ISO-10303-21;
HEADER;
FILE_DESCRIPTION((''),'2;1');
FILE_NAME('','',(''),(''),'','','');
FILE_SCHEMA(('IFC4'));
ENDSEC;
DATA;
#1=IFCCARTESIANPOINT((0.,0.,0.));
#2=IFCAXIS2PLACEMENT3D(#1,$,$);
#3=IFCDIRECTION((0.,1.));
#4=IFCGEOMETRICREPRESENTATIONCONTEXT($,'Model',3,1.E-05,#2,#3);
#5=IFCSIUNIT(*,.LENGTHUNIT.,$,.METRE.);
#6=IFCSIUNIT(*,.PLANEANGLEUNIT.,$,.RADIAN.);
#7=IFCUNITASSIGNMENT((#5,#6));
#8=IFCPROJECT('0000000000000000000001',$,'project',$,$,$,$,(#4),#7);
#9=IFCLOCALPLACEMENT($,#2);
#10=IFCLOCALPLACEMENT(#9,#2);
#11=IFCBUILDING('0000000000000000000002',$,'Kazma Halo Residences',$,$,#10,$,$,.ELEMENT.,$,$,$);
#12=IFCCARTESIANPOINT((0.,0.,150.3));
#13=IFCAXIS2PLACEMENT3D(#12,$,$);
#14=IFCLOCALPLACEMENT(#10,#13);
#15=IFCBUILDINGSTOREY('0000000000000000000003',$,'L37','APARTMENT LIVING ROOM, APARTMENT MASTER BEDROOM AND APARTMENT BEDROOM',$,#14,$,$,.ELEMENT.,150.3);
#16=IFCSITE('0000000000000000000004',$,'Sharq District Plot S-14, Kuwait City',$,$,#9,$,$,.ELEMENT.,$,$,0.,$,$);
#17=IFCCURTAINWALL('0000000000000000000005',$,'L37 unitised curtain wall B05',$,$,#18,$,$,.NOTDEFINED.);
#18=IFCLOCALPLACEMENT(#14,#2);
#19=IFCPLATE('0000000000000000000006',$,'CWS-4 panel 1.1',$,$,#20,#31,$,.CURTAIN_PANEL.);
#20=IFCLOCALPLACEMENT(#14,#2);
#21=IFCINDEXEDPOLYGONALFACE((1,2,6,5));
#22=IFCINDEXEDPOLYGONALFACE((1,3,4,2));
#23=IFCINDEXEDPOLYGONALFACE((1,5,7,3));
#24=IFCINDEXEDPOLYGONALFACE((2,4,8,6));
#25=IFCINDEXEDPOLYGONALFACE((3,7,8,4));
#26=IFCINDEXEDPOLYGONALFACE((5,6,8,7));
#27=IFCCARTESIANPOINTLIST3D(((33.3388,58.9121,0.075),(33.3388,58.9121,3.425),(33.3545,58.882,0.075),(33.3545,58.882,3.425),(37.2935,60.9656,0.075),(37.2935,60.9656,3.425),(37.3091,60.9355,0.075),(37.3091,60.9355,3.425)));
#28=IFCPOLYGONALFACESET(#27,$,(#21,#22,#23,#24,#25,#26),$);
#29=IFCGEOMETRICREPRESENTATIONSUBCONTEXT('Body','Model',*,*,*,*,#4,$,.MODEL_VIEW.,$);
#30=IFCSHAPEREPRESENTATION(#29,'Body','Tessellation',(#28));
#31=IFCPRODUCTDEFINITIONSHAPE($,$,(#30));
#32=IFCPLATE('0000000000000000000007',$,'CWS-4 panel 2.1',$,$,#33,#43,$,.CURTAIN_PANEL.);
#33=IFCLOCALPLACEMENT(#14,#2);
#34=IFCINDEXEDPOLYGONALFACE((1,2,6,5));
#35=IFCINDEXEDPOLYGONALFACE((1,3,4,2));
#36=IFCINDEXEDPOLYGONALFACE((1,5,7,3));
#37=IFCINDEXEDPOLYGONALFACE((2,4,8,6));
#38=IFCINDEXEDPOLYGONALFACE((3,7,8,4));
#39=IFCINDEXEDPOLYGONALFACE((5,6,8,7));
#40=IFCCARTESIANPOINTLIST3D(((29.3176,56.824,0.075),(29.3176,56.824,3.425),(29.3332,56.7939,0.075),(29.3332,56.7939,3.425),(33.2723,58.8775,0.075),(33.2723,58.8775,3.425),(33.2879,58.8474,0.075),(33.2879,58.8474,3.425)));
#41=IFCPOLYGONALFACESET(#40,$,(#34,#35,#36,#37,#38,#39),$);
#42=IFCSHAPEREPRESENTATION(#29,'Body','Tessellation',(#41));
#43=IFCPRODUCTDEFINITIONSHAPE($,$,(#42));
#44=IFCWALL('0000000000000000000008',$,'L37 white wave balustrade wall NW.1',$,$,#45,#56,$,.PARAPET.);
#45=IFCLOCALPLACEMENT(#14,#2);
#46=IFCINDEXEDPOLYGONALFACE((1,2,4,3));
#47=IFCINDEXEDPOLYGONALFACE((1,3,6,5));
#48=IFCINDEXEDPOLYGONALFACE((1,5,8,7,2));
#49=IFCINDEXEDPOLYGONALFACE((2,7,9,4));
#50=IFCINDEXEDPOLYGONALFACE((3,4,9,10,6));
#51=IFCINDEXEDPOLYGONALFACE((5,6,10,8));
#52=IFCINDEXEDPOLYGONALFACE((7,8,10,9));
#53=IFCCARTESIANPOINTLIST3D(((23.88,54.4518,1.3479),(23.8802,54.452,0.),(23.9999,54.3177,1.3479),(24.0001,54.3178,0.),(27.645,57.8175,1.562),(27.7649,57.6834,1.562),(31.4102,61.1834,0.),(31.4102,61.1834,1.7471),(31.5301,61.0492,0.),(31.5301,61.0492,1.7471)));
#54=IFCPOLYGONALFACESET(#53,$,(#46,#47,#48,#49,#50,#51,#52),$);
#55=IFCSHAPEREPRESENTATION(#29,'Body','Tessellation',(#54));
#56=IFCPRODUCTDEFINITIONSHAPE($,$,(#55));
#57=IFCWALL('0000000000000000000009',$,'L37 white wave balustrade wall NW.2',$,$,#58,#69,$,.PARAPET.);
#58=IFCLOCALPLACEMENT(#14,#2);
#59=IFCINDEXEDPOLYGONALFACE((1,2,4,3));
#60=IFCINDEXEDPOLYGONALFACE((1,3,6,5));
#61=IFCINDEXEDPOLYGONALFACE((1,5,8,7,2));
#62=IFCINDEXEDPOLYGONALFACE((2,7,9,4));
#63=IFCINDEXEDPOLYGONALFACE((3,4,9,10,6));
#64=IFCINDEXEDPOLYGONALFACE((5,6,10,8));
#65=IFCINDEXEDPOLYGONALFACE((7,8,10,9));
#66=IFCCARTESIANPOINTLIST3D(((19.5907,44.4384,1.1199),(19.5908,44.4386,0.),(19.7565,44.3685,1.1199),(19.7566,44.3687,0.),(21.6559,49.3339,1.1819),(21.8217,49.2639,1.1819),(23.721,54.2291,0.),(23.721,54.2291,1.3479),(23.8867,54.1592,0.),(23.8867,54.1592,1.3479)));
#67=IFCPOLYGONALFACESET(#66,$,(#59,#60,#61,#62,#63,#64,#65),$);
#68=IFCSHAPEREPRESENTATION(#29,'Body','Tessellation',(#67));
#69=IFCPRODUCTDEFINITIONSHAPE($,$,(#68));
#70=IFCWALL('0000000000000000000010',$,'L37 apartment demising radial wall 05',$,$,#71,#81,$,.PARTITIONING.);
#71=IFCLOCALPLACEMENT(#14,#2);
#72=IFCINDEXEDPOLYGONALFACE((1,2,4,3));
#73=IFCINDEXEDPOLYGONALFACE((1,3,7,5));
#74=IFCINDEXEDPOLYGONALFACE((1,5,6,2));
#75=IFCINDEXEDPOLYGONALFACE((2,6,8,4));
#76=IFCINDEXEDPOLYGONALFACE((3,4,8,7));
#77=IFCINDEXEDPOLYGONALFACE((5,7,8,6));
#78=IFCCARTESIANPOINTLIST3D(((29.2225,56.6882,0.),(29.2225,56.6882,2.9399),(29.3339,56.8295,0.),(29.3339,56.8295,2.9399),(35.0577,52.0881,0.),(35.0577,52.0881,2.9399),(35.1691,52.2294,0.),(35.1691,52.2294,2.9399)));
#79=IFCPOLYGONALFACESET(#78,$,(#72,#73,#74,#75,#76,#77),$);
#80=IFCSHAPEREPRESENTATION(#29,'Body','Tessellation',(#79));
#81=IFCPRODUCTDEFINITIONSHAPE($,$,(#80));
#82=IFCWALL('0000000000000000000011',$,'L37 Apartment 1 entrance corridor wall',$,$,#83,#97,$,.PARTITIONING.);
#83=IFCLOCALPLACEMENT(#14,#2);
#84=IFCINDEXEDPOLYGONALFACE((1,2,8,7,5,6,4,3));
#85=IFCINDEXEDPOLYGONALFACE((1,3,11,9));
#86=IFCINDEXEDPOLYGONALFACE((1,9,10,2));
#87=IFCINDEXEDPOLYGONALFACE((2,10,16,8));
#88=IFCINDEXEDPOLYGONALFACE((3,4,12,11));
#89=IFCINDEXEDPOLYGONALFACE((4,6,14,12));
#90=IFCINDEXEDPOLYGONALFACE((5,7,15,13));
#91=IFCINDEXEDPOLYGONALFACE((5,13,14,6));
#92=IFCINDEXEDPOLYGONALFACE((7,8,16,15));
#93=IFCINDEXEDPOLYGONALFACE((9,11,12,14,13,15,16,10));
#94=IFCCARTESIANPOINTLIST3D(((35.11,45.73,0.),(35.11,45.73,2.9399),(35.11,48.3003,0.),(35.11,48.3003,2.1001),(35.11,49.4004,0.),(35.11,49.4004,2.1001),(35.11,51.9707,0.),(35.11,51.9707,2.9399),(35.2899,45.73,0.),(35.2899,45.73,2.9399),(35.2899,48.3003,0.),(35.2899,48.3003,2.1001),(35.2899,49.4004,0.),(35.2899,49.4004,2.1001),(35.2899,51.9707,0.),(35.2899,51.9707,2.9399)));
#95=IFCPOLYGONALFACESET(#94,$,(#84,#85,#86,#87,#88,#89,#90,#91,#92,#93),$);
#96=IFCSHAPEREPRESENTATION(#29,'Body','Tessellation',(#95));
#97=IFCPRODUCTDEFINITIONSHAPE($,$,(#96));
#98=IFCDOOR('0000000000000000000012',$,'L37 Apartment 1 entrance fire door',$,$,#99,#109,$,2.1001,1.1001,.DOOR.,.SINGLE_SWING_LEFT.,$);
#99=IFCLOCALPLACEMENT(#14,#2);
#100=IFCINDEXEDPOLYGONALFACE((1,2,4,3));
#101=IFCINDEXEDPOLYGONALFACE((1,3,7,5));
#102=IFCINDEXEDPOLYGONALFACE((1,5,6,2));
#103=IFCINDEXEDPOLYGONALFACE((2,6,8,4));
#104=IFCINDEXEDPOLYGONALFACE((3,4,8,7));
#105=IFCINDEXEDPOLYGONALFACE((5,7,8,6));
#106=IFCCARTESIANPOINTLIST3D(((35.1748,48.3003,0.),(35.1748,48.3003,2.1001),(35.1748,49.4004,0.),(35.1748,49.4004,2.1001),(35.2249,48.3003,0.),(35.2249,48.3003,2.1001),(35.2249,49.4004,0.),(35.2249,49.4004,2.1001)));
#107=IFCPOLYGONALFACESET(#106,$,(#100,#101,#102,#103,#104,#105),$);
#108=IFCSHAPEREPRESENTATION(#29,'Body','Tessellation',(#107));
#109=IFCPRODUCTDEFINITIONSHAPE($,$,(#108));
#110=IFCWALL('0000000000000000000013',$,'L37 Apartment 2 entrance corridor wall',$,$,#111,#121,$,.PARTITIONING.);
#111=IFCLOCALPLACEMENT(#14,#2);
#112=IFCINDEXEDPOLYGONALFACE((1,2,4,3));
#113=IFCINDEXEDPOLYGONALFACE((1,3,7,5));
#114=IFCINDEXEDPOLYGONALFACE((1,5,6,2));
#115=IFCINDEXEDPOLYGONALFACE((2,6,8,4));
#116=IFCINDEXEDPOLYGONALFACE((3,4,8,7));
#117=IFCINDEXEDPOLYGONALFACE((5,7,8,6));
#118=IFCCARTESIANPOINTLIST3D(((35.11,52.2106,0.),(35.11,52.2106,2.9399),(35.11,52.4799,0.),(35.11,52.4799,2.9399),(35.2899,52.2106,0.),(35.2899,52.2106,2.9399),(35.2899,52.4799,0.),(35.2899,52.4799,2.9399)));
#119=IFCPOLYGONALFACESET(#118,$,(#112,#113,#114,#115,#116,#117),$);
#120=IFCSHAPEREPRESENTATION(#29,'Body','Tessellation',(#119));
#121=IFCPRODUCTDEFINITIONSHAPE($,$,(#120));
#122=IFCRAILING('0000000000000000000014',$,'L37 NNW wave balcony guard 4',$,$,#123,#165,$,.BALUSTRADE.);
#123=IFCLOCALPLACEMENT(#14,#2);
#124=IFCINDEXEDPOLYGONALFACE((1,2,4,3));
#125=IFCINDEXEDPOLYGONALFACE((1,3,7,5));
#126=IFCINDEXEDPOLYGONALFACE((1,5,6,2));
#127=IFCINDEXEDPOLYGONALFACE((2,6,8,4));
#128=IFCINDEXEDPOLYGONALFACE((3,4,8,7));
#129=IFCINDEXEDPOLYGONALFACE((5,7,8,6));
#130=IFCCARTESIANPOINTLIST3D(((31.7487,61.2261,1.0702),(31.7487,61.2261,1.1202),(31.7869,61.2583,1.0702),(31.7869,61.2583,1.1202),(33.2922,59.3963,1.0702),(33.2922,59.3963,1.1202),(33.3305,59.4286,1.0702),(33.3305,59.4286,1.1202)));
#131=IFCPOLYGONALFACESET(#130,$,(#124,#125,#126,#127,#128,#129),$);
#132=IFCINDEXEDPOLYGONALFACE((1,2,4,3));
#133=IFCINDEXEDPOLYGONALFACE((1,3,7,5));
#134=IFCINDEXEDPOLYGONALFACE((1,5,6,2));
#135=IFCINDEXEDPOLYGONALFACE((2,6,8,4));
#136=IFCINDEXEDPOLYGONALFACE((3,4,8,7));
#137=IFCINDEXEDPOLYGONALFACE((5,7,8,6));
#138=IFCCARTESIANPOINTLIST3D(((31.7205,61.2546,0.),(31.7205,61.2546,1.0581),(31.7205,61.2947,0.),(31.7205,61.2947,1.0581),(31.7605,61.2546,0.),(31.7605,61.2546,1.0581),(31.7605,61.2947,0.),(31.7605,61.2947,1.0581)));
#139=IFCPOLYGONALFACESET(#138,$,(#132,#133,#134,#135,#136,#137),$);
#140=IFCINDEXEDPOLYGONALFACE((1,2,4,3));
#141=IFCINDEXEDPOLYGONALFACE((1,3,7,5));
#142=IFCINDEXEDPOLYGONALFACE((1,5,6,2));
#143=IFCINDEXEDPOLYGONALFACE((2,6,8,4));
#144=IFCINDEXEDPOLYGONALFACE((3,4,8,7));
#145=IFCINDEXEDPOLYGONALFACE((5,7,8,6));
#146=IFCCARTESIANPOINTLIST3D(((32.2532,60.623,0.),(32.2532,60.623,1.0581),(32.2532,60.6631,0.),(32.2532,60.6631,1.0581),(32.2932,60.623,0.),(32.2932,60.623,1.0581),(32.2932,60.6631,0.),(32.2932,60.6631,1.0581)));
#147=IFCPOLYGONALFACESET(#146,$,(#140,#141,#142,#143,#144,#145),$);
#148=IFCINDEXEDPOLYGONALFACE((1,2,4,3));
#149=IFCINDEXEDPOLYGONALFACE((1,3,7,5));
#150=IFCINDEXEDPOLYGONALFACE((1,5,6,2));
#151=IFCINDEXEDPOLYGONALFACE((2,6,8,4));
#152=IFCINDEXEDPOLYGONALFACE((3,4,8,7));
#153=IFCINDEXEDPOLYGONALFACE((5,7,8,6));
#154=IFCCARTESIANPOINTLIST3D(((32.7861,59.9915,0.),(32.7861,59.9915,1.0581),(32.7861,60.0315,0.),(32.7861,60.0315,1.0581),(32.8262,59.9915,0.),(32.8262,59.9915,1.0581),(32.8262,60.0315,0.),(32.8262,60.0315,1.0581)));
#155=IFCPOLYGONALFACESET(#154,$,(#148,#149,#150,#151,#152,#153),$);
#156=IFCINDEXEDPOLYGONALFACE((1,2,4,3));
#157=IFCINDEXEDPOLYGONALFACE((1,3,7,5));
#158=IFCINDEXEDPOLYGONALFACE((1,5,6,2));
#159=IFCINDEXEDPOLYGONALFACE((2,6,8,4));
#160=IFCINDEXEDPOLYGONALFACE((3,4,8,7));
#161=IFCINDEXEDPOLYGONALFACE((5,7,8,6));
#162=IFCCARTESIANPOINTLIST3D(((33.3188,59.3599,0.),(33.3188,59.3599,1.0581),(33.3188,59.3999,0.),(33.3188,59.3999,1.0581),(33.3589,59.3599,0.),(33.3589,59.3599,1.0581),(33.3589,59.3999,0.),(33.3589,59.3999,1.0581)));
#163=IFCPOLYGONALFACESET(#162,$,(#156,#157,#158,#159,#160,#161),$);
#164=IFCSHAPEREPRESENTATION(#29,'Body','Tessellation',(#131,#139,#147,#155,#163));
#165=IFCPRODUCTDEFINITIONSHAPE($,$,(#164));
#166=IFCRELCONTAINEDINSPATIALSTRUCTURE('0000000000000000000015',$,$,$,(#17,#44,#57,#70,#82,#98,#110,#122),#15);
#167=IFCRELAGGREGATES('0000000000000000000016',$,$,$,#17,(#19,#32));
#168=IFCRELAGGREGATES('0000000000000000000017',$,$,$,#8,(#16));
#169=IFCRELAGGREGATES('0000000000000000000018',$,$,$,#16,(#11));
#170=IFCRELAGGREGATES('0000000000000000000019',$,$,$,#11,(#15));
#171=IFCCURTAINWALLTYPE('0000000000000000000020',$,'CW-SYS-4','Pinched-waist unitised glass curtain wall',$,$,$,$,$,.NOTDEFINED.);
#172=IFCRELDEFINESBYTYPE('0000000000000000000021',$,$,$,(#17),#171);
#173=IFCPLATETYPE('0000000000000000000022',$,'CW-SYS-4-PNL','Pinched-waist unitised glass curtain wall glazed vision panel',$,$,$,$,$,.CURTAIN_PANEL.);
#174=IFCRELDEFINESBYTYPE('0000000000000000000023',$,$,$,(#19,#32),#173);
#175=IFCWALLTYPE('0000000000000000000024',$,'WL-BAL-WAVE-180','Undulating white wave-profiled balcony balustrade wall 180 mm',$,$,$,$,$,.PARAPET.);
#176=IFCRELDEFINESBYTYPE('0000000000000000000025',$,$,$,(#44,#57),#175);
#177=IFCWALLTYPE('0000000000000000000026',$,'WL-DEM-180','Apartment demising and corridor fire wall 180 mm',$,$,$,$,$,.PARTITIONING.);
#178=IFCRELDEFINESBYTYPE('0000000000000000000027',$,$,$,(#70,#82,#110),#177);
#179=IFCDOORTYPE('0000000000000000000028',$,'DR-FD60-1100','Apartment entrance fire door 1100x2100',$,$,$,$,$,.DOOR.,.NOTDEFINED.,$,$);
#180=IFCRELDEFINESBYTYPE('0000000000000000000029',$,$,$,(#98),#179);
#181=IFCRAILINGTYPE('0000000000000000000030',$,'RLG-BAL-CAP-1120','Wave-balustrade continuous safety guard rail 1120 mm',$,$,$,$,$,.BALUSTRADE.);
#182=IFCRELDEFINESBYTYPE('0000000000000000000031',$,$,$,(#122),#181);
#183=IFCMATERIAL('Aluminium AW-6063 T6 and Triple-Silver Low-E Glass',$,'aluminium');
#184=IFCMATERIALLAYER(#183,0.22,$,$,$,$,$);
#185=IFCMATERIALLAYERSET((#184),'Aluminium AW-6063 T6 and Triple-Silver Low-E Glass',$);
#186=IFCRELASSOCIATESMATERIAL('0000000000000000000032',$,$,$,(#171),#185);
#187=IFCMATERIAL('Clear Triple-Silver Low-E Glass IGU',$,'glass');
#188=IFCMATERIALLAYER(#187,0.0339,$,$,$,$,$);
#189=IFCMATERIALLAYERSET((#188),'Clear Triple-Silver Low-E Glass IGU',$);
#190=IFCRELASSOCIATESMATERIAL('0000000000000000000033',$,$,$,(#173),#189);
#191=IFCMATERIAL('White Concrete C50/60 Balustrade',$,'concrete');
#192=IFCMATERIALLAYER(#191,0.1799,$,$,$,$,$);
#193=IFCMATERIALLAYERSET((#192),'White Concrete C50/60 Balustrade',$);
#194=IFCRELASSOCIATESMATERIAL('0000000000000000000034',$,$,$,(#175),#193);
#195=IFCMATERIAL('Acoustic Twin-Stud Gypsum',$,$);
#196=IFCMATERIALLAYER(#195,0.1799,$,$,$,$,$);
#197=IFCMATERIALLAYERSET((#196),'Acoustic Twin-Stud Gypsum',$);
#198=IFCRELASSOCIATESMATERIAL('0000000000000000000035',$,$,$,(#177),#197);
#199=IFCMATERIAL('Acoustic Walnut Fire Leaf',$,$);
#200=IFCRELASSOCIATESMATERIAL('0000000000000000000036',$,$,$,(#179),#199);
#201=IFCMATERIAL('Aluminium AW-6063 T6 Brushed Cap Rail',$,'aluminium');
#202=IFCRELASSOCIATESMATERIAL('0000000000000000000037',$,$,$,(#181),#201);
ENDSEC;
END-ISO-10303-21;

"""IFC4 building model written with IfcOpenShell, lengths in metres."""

from ifc_helpers import new_model, si_unit, direction, frame, frame_2d, origin, origin_2d, place, context, subcontext, project, spatial, polyline, rectangle, outline, extrude, material, layer, layer_set, type_object, element, fill, aggregate, save


model = new_model("IFC4")

# Units and contexts
model_context = context("Model", 3, precision=1e-05, world=origin(), true_north=direction((0.0, 1.0)))
body_context = subcontext(model_context, "Body", "Model", "MODEL_VIEW")
ifc_project = project(units=[si_unit("LENGTHUNIT", "METRE"), si_unit("PLANEANGLEUNIT", "RADIAN")], contexts=[model_context])

# Site, building, storey
site_placement = place(None, origin())
site = spatial("IfcSite", under=ifc_project, at=site_placement, Name="Sharq District Plot S-14, Kuwait City", CompositionType="ELEMENT", RefElevation=0.0)
building_placement = place(site_placement, origin())
building = spatial("IfcBuilding", under=site, at=building_placement, Name="Kazma Halo Residences", CompositionType="ELEMENT")
storey_placement = place(building_placement, frame((0.0, 0.0, 150.3)))
storey = spatial("IfcBuildingStorey", under=building, at=storey_placement, Name="L37", Description="APARTMENT LIVING ROOM, APARTMENT MASTER BEDROOM AND APARTMENT BEDROOM", CompositionType="ELEMENT", Elevation=150.3)

# Curtain wall
ifc_material_1 = material(Name="Aluminium AW-6063 T6 and Triple-Silver Low-E Glass", Category="aluminium")
ifc_layer_1 = layer(ifc_material_1, 0.22)
ifc_layer_set_1 = layer_set([ifc_layer_1], Name="Aluminium AW-6063 T6 and Triple-Silver Low-E Glass")
curtain_wall_type = type_object("IfcCurtainWallType", Name="CW-SYS-4", Description="Pinched-waist unitised glass curtain wall", PredefinedType="NOTDEFINED", material=ifc_layer_set_1)
curtain_wall_1_placement = place(storey_placement, origin())
curtain_wall_1 = element("IfcCurtainWall", 1, at=curtain_wall_1_placement, inside=storey, type_object=curtain_wall_type, Name="L37 unitised curtain wall B05", PredefinedType="NOTDEFINED")

# Plates
ifc_material_2 = material(Name="Clear Triple-Silver Low-E Glass IGU", Category="glass")
ifc_layer_2 = layer(ifc_material_2, 0.0339)
ifc_layer_set_2 = layer_set([ifc_layer_2], Name="Clear Triple-Silver Low-E Glass IGU")
plate_type = type_object("IfcPlateType", Name="CW-SYS-4-PNL", Description="Pinched-waist unitised glass curtain wall glazed vision panel", PredefinedType="CURTAIN_PANEL", material=ifc_layer_set_2)
plate_1_placement = place(storey_placement, frame((35.324, 59.9238, 0.075), z_axis=(0.0, 0.0, 1.0), x_axis=(-0.887485, -0.460837, 0.0)))
plate_1 = element("IfcPlate", 2, at=plate_1_placement, type_object=plate_type, Name="CWS-4 panel 1.1", PredefinedType="CURTAIN_PANEL", context=body_context, shape_type="SweptSolid", body=[
    extrude(rectangle(XDim=4.4561, YDim=0.0339, at=origin_2d()), origin(), (0.0, 0.0, 1.0), 3.3501),
])
plate_2_placement = place(storey_placement, frame((31.3027, 57.8357, 0.075), z_axis=(0.0, 0.0, 1.0), x_axis=(-0.887485, -0.460837, 0.0)))
plate_2 = element("IfcPlate", 3, at=plate_2_placement, type_object=plate_type, Name="CWS-4 panel 2.1", PredefinedType="CURTAIN_PANEL", context=body_context, shape_type="SweptSolid", body=[
    extrude(rectangle(XDim=4.4561, YDim=0.0339, at=origin_2d()), origin(), (0.0, 0.0, 1.0), 3.3501),
])
aggregate(curtain_wall_1, [plate_1, plate_2])

# Walls
ifc_material_3 = material(Name="White Concrete C50/60 Balustrade", Category="concrete")
ifc_layer_3 = layer(ifc_material_3, 0.1799)
ifc_layer_set_3 = layer_set([ifc_layer_3], Name="White Concrete C50/60 Balustrade")
wall_type_1 = type_object("IfcWallType", Name="WL-BAL-WAVE-180", Description="Undulating white wave-profiled balcony balustrade wall 180 mm", PredefinedType="PARAPET", material=ifc_layer_set_3)
wall_1_placement = place(storey_placement, frame((31.4702, 61.1162, 0.0), z_axis=(0.0, 0.0, 1.0), x_axis=(-0.745534, -0.666468, 0.0)))
element("IfcWall", 4, at=wall_1_placement, inside=storey, type_object=wall_type_1, Name="L37 white wave balustrade wall NW.1", PredefinedType="PARAPET", context=body_context, shape_type="SweptSolid", body=[
    extrude(outline(polyline([(0.0, 0.0), (10.1001, 0.0), (10.1003, 1.3479), (5.0503, 1.562), (0.0, 1.7471), (0.0, 0.0)])), frame((0.0, 0.0898, 0.0), z_axis=(0.0, -1.0, 0.0), x_axis=(1.0, 0.0, 0.0)), (0.0, 0.0, 1.0), 0.1799),
])
wall_2_placement = place(storey_placement, frame((23.804, 54.1941, 0.0), z_axis=(0.0, 0.0, 1.0), x_axis=(-0.38868, -0.921373, 0.0)))
element("IfcWall", 5, at=wall_2_placement, inside=storey, type_object=wall_type_1, Name="L37 white wave balustrade wall NW.2", PredefinedType="PARAPET", context=body_context, shape_type="SweptSolid", body=[
    extrude(outline(polyline([(0.0, 0.0), (10.626, 0.0), (10.6262, 1.1199), (5.313, 1.1819), (0.0, 1.3479), (0.0, 0.0)])), frame((0.0, 0.0898, 0.0), z_axis=(0.0, -1.0, 0.0), x_axis=(1.0, 0.0, 0.0)), (0.0, 0.0, 1.0), 0.1799),
])
ifc_material_4 = material(Name="Acoustic Twin-Stud Gypsum")
ifc_layer_4 = layer(ifc_material_4, 0.1799)
ifc_layer_set_4 = layer_set([ifc_layer_4], Name="Acoustic Twin-Stud Gypsum")
wall_type_2 = type_object("IfcWallType", Name="WL-DEM-180", Description="Apartment demising and corridor fire wall 180 mm", PredefinedType="PARTITIONING", material=ifc_layer_set_4)
wall_3_placement = place(storey_placement, frame((35.1135, 52.1587, 0.0), z_axis=(0.0, 0.0, 1.0), x_axis=(-0.785317, 0.619093, 0.0)))
element("IfcWall", 6, at=wall_3_placement, inside=storey, type_object=wall_type_2, Name="L37 apartment demising radial wall 05", PredefinedType="PARTITIONING", context=body_context, shape_type="SweptSolid", body=[
    extrude(rectangle(XDim=7.4304, YDim=0.1799, at=frame_2d((3.7153, 0.0))), origin(), (0.0, 0.0, 1.0), 2.9399),
])

# Wall, opening, door
wall_4_placement = place(storey_placement, frame((35.2, 51.9707, 0.0), z_axis=(0.0, 0.0, 1.0), x_axis=(0.0, -1.0, 0.0)))
wall_4 = element("IfcWall", 7, at=wall_4_placement, inside=storey, type_object=wall_type_2, Name="L37 Apartment 1 entrance corridor wall", PredefinedType="PARTITIONING", context=body_context, shape_type="SweptSolid", body=[
    extrude(rectangle(XDim=6.2407, YDim=0.1799, at=frame_2d((3.1204, 0.0))), origin(), (0.0, 0.0, 1.0), 2.9399),
])
opening_1_placement = place(wall_4_placement, frame((2.5703, 0.0, 0.0)))
opening_1 = element("IfcOpeningElement", 8, at=opening_1_placement, cuts=wall_4, PredefinedType="OPENING", context=body_context, shape_type="SweptSolid", body=[
    extrude(rectangle(XDim=1.1001, YDim=2.1001, at=frame_2d((0.55, 1.05))), frame((0.0, 0.0999, 0.0), z_axis=(0.0, -1.0, 0.0), x_axis=(1.0, 0.0, 0.0)), (0.0, 0.0, 1.0), 0.2),
])
ifc_material_5 = material(Name="Acoustic Walnut Fire Leaf")
door_type_1 = type_object("IfcDoorType", Name="DR-FD60-1100", Description="Apartment entrance fire door 1100x2100", OperationType="NOTDEFINED", PredefinedType="DOOR", material=ifc_material_5)
door_1_placement = place(opening_1_placement, origin())
door_1 = element("IfcDoor", 9, at=door_1_placement, inside=storey, type_object=door_type_1, Name="L37 Apartment 1 entrance fire door", OperationType="SINGLE_SWING_LEFT", OverallHeight=2.1001, OverallWidth=1.1001, PredefinedType="DOOR", context=body_context, shape_type="SweptSolid", body=[
    extrude(rectangle(XDim=1.1001, YDim=2.1001, at=frame_2d((0.55, 1.05))), frame((0.0, 0.0249, 0.0), z_axis=(0.0, -1.0, 0.0), x_axis=(1.0, 0.0, 0.0)), (0.0, 0.0, 1.0), 0.05),
])
fill(opening_1, door_1)

# Wall
wall_5_placement = place(storey_placement, frame((35.2, 52.48, 0.0), z_axis=(0.0, 0.0, 1.0), x_axis=(0.0, -1.0, 0.0)))
element("IfcWall", 10, at=wall_5_placement, inside=storey, type_object=wall_type_2, Name="L37 Apartment 2 entrance corridor wall", PredefinedType="PARTITIONING", context=body_context, shape_type="SweptSolid", body=[
    extrude(rectangle(XDim=0.2693, YDim=0.1799, at=frame_2d((0.1348, 0.0))), origin(), (0.0, 0.0, 1.0), 2.9399),
])

# Railing
ifc_material_6 = material(Name="Aluminium AW-6063 T6 Brushed Cap Rail", Category="aluminium")
railing_type = type_object("IfcRailingType", Name="RLG-BAL-CAP-1120", Description="Wave-balustrade continuous safety guard rail 1120 mm", PredefinedType="BALUSTRADE", material=ifc_material_6)
railing_1_placement = place(storey_placement, frame((31.7405, 61.2747, 0.0)))
element("IfcRailing", 11, at=railing_1_placement, inside=storey, type_object=railing_type, Name="L37 NNW wave balcony guard 4", PredefinedType="BALUSTRADE", context=body_context, shape_type="SweptSolid", body=[
    extrude(rectangle(XDim=0.05, YDim=0.05, at=origin_2d()), frame((0.0273, -0.0325, 1.0952), z_axis=(0.644794, -0.764357, 0.0), x_axis=(0.764357, 0.644794, 0.0)), (0.0, 0.0, 1.0), 2.3938),
    extrude(rectangle(XDim=0.04, YDim=0.04, at=origin_2d()), origin(), (0.0, 0.0, 1.0), 1.0581),
    extrude(rectangle(XDim=0.04, YDim=0.04, at=origin_2d()), frame((0.5327, -0.6316, 0.0)), (0.0, 0.0, 1.0), 1.0581),
    extrude(rectangle(XDim=0.04, YDim=0.04, at=origin_2d()), frame((1.0657, -1.2632, 0.0)), (0.0, 0.0, 1.0), 1.0581),
    extrude(rectangle(XDim=0.04, YDim=0.04, at=origin_2d()), frame((1.5984, -1.8948, 0.0)), (0.0, 0.0, 1.0), 1.0581),
])

save(model, "model.ifc")
